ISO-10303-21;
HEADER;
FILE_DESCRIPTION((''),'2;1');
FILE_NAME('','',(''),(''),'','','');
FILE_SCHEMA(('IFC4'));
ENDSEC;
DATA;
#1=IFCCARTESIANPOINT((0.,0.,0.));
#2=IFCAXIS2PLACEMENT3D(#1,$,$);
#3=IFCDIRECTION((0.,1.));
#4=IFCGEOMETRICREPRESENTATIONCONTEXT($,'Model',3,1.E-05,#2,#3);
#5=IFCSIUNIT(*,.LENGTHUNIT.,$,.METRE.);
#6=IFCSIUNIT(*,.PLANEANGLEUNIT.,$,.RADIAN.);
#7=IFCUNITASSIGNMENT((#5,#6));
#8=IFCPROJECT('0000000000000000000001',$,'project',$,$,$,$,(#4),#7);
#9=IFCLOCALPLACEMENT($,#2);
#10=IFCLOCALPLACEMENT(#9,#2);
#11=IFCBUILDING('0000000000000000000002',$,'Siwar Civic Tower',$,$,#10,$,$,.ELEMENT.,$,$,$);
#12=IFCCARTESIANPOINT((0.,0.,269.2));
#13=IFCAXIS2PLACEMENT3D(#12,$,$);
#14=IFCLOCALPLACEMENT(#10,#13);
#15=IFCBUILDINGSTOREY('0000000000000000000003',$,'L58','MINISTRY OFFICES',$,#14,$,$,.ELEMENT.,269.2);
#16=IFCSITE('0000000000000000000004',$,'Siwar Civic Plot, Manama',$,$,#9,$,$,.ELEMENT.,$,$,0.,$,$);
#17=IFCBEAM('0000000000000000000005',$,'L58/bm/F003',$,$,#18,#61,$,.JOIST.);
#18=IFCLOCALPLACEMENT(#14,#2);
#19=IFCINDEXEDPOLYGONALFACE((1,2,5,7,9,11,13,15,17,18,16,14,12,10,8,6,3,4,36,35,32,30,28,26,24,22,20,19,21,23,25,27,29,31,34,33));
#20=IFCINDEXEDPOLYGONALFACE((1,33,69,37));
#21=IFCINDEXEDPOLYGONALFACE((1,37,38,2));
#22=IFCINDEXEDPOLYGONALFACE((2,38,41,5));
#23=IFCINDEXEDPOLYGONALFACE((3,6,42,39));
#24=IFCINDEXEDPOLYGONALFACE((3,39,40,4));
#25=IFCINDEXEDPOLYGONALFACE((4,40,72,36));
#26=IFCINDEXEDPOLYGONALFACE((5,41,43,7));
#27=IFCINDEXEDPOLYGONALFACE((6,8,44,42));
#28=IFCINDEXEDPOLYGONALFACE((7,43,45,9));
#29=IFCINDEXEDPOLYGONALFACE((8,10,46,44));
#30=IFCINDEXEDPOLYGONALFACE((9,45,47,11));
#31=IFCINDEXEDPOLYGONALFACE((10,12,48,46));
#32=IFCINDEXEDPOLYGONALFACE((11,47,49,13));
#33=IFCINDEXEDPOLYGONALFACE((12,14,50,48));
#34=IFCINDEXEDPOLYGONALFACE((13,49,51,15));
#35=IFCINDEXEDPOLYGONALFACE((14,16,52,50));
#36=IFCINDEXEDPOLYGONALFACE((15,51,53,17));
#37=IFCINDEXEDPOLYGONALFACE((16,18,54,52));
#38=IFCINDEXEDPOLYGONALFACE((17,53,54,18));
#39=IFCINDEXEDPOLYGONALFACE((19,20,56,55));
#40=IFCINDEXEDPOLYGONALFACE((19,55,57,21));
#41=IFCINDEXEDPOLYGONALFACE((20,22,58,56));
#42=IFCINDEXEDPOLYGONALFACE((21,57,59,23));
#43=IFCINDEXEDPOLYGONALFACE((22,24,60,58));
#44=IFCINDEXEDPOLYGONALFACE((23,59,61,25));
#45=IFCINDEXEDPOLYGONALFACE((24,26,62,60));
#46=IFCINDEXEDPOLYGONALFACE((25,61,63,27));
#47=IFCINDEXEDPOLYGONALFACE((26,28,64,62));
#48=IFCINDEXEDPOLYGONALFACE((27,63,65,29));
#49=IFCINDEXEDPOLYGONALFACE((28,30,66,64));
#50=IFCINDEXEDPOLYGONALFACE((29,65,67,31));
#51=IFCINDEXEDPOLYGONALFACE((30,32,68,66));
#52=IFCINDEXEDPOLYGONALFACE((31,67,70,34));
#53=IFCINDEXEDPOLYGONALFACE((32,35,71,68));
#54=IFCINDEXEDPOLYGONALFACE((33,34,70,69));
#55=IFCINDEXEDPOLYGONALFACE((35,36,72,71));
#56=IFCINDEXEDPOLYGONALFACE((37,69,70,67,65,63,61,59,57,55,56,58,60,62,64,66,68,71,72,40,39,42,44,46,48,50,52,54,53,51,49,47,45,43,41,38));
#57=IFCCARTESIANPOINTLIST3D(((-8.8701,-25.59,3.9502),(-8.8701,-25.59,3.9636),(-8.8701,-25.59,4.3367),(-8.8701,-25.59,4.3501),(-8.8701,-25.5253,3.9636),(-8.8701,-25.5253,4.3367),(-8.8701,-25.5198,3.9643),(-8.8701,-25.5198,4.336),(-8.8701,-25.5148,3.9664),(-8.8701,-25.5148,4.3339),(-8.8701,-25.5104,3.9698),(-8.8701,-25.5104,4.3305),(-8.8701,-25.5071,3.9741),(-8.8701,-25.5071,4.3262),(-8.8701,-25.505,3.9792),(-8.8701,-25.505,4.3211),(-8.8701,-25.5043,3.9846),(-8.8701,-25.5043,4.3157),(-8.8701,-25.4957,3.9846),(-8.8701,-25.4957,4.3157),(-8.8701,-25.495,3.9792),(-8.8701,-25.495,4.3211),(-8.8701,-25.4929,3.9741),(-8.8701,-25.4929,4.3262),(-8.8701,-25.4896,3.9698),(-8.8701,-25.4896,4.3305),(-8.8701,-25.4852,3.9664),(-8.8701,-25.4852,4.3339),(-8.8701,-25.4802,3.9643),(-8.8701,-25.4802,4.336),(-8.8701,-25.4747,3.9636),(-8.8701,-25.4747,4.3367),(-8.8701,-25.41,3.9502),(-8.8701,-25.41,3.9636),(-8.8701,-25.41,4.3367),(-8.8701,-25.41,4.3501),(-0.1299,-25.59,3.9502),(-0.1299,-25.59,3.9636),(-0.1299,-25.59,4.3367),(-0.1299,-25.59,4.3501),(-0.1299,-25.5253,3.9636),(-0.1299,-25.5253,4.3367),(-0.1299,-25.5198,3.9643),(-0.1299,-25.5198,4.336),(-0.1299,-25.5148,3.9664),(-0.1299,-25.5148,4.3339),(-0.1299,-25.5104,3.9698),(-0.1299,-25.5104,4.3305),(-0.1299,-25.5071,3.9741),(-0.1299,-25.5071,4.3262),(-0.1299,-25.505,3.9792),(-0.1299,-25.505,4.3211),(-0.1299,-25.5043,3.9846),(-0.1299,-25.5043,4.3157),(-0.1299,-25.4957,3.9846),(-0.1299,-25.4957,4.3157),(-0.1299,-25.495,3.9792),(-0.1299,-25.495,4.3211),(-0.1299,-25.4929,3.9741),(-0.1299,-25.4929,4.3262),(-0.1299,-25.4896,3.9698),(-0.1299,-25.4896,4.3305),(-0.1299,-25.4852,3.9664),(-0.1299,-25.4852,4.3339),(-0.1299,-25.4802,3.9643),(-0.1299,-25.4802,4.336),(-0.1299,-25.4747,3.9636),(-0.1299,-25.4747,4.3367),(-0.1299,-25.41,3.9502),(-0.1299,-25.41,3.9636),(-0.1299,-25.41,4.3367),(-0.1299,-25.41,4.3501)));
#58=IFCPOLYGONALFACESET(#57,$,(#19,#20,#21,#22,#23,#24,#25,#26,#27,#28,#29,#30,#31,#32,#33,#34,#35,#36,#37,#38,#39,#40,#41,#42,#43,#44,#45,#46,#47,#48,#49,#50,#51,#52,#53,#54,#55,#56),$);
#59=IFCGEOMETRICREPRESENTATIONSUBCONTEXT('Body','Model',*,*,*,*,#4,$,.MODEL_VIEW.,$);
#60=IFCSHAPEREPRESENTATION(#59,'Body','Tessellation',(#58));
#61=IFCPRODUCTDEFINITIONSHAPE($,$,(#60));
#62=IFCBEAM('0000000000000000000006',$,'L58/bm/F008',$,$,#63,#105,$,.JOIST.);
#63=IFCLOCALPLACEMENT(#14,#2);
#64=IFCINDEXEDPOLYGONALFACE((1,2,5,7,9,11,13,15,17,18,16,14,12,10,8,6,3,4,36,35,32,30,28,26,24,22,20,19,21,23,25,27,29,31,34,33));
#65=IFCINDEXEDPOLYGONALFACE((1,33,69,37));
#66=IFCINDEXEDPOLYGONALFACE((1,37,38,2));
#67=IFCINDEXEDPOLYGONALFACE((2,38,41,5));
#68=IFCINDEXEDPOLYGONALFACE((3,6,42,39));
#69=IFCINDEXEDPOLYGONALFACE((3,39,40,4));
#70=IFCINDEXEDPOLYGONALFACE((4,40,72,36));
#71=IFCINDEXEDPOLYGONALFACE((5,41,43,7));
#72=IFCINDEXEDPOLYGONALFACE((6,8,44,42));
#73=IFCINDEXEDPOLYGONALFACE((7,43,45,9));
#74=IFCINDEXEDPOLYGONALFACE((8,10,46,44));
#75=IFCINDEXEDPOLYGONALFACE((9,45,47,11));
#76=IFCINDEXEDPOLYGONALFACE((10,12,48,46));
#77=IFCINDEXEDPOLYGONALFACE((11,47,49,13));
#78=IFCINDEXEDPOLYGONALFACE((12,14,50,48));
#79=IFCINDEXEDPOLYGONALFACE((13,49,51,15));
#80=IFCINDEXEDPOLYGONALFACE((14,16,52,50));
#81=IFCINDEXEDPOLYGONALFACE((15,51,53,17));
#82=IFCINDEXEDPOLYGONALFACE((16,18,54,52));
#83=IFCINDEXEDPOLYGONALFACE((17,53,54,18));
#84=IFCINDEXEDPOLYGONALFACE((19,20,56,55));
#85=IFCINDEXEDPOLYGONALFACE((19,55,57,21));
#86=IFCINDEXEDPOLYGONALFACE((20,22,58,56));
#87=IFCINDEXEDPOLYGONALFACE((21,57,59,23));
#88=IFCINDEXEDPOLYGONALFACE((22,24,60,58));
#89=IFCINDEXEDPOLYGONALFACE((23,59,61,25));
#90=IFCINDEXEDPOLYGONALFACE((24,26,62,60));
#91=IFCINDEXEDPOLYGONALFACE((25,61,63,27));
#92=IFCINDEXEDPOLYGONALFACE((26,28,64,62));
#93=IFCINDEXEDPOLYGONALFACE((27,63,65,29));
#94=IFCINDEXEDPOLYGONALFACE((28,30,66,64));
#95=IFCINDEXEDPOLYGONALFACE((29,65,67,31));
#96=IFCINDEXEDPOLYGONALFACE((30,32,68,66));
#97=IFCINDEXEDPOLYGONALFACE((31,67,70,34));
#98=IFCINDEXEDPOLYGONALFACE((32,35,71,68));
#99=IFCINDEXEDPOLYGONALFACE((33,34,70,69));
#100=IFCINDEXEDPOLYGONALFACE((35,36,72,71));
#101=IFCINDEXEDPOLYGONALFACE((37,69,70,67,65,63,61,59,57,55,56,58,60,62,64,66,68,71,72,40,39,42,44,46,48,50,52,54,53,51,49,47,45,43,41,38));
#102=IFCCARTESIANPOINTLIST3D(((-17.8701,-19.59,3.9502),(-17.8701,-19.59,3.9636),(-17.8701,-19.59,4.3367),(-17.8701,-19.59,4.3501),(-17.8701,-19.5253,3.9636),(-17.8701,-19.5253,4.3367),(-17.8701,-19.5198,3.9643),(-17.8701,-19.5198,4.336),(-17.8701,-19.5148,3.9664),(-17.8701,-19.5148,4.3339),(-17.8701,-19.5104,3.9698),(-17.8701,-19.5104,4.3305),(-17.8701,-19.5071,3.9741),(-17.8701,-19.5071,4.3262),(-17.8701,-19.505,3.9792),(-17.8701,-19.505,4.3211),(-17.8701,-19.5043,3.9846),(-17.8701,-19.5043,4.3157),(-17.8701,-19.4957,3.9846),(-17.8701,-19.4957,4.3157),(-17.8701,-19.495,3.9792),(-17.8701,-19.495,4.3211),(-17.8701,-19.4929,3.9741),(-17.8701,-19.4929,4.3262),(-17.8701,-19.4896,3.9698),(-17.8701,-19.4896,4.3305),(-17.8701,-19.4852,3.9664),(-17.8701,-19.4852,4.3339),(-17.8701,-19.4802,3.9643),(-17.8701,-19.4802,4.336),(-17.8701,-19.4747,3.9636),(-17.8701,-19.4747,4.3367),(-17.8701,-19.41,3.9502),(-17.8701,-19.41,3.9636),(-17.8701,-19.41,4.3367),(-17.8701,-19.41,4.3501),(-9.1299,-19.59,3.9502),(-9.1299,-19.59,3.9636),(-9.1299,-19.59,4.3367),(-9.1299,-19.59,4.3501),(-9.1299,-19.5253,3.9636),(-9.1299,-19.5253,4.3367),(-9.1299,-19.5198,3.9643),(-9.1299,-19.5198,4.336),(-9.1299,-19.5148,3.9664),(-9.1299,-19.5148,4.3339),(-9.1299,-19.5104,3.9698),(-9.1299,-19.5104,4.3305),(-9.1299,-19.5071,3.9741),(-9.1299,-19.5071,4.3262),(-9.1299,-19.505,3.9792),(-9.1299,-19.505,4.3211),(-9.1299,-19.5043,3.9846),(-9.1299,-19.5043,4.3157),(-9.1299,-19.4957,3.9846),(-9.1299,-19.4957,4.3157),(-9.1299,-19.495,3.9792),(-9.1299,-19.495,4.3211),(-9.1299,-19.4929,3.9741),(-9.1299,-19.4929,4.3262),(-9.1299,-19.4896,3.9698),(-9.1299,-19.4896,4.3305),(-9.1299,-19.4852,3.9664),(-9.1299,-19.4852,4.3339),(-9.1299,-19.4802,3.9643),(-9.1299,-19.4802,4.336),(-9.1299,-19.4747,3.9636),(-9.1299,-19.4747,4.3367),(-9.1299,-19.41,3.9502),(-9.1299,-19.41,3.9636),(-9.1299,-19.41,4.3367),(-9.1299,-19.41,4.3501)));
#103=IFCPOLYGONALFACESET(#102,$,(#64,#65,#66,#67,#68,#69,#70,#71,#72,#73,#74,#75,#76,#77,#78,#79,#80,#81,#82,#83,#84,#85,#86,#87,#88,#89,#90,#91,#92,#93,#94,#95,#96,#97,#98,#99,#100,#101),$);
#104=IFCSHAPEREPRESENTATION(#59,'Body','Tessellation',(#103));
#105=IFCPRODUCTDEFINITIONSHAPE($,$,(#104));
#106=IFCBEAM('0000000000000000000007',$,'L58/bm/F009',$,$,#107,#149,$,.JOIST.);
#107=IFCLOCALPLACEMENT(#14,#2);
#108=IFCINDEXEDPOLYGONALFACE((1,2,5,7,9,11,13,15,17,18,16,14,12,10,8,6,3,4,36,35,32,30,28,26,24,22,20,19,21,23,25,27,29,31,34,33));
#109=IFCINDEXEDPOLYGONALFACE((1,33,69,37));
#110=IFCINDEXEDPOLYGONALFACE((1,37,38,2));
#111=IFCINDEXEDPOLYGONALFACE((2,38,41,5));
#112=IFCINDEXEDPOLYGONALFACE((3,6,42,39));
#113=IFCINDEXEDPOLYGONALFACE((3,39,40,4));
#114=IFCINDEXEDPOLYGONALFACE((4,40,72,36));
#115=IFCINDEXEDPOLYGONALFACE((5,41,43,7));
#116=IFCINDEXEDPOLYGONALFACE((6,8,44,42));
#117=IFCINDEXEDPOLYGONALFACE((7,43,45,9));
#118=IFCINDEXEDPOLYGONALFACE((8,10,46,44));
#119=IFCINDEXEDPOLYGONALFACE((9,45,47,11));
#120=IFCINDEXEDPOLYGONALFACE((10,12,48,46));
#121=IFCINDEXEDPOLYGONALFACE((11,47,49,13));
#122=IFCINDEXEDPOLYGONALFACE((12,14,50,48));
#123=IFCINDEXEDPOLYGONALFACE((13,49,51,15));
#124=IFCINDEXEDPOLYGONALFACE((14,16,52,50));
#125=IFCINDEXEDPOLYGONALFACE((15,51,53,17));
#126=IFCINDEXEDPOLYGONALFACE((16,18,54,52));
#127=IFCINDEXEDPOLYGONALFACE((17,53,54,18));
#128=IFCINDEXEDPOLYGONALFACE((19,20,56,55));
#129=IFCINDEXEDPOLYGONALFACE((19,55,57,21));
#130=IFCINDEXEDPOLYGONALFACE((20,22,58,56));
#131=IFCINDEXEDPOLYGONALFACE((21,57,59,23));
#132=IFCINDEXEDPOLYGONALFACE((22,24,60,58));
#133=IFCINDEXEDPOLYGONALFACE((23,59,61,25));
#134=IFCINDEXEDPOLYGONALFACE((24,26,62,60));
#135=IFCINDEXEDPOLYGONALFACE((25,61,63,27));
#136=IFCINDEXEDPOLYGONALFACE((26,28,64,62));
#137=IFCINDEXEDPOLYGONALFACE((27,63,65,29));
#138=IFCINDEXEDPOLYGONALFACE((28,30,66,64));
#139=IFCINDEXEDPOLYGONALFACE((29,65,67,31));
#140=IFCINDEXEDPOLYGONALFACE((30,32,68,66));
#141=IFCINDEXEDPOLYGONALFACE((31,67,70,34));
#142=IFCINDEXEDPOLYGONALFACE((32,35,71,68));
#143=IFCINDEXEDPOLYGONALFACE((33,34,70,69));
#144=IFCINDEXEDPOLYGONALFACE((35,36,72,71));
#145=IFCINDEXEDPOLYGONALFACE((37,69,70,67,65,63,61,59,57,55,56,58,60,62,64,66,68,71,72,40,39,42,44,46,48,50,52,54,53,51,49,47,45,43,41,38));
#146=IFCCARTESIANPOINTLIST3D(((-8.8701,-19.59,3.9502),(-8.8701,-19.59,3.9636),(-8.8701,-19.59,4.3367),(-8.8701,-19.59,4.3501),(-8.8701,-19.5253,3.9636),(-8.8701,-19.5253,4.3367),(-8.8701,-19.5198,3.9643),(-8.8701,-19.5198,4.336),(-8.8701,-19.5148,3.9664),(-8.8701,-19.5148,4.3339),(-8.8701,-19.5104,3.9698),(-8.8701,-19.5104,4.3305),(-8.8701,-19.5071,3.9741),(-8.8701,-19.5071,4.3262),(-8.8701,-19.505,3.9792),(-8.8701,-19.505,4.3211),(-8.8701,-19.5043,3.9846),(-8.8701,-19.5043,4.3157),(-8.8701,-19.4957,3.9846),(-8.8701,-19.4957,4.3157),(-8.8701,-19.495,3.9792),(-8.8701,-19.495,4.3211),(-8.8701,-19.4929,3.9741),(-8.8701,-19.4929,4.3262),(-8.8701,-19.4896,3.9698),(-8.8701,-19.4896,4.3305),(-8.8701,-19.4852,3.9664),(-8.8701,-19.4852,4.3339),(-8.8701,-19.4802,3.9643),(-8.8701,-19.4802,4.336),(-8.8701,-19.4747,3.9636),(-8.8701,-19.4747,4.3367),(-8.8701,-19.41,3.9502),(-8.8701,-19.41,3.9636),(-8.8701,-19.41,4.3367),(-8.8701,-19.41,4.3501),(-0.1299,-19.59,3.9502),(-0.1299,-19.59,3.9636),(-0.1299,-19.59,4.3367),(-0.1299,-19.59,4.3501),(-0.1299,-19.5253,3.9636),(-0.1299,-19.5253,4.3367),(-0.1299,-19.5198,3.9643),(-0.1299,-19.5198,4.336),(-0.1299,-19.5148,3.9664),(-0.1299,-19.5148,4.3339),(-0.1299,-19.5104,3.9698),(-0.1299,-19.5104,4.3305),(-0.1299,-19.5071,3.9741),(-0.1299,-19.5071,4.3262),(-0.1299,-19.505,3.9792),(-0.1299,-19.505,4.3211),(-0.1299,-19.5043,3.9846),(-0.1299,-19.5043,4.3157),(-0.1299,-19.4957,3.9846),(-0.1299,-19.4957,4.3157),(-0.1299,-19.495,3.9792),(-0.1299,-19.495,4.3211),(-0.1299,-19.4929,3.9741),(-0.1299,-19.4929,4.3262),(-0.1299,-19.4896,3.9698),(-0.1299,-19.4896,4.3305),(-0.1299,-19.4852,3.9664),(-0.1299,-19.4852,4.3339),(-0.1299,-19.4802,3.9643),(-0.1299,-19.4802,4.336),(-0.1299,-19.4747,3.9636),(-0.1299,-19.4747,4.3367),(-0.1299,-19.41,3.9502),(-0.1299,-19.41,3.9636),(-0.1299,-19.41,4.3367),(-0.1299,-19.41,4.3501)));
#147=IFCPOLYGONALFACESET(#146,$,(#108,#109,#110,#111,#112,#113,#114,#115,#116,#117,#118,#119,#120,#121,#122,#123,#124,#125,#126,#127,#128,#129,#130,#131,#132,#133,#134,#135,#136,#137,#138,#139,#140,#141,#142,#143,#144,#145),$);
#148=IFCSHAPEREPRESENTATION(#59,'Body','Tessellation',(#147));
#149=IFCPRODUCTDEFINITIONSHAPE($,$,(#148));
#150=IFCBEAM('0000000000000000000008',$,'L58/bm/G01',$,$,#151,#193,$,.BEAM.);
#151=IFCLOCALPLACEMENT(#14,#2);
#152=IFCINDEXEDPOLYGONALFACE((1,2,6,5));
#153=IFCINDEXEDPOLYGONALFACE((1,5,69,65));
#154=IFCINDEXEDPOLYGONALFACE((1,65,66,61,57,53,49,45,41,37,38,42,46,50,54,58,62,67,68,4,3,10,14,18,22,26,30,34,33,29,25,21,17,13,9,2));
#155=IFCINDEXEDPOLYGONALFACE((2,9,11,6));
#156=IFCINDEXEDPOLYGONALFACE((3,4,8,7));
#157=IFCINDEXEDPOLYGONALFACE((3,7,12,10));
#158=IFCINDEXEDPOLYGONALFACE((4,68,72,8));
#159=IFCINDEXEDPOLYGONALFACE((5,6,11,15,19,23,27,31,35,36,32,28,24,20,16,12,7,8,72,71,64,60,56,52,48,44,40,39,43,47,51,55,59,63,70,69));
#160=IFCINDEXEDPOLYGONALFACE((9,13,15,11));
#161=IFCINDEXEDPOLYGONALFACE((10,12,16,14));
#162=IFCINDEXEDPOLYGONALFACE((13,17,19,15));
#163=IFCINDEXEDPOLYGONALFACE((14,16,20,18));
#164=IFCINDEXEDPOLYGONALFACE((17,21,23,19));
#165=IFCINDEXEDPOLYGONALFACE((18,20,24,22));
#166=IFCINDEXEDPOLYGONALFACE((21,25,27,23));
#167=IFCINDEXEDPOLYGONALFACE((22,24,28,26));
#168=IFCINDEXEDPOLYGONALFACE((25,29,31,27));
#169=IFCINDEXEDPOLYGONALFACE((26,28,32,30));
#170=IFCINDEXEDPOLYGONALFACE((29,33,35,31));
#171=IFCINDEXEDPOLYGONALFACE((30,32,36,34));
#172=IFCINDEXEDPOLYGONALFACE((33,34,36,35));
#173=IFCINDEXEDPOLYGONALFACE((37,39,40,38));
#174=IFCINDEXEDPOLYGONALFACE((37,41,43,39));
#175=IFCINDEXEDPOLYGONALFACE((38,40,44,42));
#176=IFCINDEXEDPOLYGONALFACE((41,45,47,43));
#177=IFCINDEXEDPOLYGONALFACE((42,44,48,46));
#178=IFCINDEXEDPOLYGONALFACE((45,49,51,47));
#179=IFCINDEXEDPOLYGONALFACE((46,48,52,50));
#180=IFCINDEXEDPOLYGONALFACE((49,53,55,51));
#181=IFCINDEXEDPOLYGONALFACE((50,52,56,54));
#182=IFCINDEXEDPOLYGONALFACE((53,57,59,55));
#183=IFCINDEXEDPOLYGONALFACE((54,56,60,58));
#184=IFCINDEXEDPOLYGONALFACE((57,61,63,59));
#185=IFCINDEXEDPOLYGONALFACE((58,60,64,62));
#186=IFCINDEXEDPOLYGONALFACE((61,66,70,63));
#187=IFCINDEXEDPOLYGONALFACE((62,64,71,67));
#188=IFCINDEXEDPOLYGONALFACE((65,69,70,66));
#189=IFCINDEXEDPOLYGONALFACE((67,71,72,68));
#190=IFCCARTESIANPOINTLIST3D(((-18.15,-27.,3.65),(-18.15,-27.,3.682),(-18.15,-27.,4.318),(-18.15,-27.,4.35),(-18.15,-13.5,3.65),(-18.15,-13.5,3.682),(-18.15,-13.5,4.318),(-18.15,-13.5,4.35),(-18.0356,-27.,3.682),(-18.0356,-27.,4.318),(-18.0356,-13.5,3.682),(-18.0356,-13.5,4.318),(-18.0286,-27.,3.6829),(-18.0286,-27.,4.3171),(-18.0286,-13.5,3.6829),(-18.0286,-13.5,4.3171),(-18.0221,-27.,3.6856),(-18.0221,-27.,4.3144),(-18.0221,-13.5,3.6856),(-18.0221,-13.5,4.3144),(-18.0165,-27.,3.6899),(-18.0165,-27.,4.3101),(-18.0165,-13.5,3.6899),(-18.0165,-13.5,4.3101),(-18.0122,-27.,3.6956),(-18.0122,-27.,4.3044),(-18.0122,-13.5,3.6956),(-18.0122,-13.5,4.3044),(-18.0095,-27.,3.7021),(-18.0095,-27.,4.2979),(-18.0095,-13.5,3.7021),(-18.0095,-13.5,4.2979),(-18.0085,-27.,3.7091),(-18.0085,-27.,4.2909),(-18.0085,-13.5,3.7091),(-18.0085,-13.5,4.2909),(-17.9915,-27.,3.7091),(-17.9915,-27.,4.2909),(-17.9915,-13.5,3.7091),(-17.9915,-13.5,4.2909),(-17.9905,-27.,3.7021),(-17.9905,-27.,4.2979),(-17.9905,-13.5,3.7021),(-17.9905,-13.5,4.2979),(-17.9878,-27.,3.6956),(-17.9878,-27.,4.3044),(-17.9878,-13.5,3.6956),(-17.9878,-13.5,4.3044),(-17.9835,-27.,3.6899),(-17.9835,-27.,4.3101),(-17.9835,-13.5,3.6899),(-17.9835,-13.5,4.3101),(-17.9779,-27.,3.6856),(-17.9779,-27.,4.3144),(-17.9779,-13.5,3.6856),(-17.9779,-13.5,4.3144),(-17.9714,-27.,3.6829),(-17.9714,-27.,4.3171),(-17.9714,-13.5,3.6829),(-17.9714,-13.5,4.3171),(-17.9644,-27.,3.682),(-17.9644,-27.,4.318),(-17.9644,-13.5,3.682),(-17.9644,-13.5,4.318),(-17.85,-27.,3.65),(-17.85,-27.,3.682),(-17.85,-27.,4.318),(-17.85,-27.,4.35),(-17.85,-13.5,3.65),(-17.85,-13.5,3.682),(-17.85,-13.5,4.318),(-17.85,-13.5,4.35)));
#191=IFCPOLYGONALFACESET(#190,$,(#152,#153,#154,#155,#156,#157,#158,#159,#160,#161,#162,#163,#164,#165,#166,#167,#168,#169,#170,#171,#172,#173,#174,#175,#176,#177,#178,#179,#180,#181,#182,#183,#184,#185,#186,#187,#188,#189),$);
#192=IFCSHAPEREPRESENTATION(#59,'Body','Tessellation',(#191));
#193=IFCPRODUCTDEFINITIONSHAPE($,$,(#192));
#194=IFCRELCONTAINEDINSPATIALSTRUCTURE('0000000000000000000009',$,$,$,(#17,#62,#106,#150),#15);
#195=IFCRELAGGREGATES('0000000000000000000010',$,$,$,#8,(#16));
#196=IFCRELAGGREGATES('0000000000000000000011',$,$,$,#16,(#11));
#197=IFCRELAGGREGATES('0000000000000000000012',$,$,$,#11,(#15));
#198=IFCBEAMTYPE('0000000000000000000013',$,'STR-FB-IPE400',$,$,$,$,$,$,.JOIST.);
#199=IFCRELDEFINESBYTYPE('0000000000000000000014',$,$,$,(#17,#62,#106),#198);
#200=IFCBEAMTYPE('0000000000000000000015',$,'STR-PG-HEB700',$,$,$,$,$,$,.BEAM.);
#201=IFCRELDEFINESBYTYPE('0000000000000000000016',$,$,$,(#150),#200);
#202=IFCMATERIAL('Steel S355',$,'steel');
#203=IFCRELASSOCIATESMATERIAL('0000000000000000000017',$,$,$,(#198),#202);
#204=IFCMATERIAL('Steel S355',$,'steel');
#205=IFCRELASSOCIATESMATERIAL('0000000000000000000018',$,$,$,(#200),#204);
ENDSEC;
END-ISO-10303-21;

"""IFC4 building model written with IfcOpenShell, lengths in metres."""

from ifc_helpers import new_model, si_unit, direction, frame, origin, origin_2d, place, context, subcontext, project, spatial, i_section, extrude, material, material_profile, profile_set, type_object, element, save


model = new_model("IFC4")

# Units and contexts
model_context = context("Model", 3, precision=1e-05, world=origin(), true_north=direction((0.0, 1.0)))
body_context = subcontext(model_context, "Body", "Model", "MODEL_VIEW")
ifc_project = project(units=[si_unit("LENGTHUNIT", "METRE"), si_unit("PLANEANGLEUNIT", "RADIAN")], contexts=[model_context])

# Site, building, storey
site_placement = place(None, origin())
site = spatial("IfcSite", under=ifc_project, at=site_placement, Name="Siwar Civic Plot, Manama", CompositionType="ELEMENT", RefElevation=0.0)
building_placement = place(site_placement, origin())
building = spatial("IfcBuilding", under=site, at=building_placement, Name="Siwar Civic Tower", CompositionType="ELEMENT")
storey_placement = place(building_placement, frame((0.0, 0.0, 269.2)))
storey = spatial("IfcBuildingStorey", under=building, at=storey_placement, Name="L58", Description="MINISTRY OFFICES", CompositionType="ELEMENT", Elevation=269.2)

# Beams
ifc_material_1 = material(Name="Steel S355", Category="steel")
ifc_material_profile_1 = material_profile(ifc_material_1, i_section(OverallWidth=0.1799, OverallDepth=0.3999, WebThickness=0.0085, FlangeThickness=0.0134, FilletRadius=0.021, at=origin_2d()), Name="IPE400")
ifc_profile_set_1 = profile_set([ifc_material_profile_1], Name="Steel S355")
beam_type_1 = type_object("IfcBeamType", Name="STR-FB-IPE400", PredefinedType="JOIST", material=ifc_profile_set_1)
for number, where, z_axis, x_axis, name in (
    (1, (-8.8701, -25.5, 4.1501), (1.0, 0.0, 0.0), (0.0, 1.0, 0.0), "L58/bm/F003"),
    (2, (-17.8701, -19.5, 4.1501), (1.0, 0.0, 0.0), (0.0, 1.0, 0.0), "L58/bm/F008"),
    (3, (-8.8701, -19.5, 4.1501), (1.0, 0.0, 0.0), (0.0, 1.0, 0.0), "L58/bm/F009"),
):
    element("IfcBeam", number, at=place(storey_placement, frame(where, z_axis=z_axis, x_axis=x_axis)), inside=storey, type_object=beam_type_1, Name=name, PredefinedType="JOIST", context=body_context, shape_type="SweptSolid", body=[
        extrude(i_section(OverallWidth=0.1799, OverallDepth=0.3999, WebThickness=0.0085, FlangeThickness=0.0134, FilletRadius=0.021, at=origin_2d()), origin(), (0.0, 0.0, 1.0), 8.7402),
    ])
ifc_material_2 = material(Name="Steel S355", Category="steel")
ifc_material_profile_2 = material_profile(ifc_material_2, i_section(OverallWidth=0.3, OverallDepth=0.7, WebThickness=0.0171, FlangeThickness=0.032, FilletRadius=0.0271, at=origin_2d()), Name="HEB700")
ifc_profile_set_2 = profile_set([ifc_material_profile_2], Name="Steel S355")
beam_type_2 = type_object("IfcBeamType", Name="STR-PG-HEB700", PredefinedType="BEAM", material=ifc_profile_set_2)
for number, where, z_axis, x_axis, name in (
    (4, (-18.0, -27.0, 4.0), (0.0, 1.0, 0.0), (-1.0, 0.0, 0.0), "L58/bm/G01"),
):
    element("IfcBeam", number, at=place(storey_placement, frame(where, z_axis=z_axis, x_axis=x_axis)), inside=storey, type_object=beam_type_2, Name=name, PredefinedType="BEAM", context=body_context, shape_type="SweptSolid", body=[
        extrude(i_section(OverallWidth=0.3, OverallDepth=0.7, WebThickness=0.0171, FlangeThickness=0.032, FilletRadius=0.0271, at=origin_2d()), origin(), (0.0, 0.0, 1.0), 13.5),
    ])

save(model, "model.ifc")
